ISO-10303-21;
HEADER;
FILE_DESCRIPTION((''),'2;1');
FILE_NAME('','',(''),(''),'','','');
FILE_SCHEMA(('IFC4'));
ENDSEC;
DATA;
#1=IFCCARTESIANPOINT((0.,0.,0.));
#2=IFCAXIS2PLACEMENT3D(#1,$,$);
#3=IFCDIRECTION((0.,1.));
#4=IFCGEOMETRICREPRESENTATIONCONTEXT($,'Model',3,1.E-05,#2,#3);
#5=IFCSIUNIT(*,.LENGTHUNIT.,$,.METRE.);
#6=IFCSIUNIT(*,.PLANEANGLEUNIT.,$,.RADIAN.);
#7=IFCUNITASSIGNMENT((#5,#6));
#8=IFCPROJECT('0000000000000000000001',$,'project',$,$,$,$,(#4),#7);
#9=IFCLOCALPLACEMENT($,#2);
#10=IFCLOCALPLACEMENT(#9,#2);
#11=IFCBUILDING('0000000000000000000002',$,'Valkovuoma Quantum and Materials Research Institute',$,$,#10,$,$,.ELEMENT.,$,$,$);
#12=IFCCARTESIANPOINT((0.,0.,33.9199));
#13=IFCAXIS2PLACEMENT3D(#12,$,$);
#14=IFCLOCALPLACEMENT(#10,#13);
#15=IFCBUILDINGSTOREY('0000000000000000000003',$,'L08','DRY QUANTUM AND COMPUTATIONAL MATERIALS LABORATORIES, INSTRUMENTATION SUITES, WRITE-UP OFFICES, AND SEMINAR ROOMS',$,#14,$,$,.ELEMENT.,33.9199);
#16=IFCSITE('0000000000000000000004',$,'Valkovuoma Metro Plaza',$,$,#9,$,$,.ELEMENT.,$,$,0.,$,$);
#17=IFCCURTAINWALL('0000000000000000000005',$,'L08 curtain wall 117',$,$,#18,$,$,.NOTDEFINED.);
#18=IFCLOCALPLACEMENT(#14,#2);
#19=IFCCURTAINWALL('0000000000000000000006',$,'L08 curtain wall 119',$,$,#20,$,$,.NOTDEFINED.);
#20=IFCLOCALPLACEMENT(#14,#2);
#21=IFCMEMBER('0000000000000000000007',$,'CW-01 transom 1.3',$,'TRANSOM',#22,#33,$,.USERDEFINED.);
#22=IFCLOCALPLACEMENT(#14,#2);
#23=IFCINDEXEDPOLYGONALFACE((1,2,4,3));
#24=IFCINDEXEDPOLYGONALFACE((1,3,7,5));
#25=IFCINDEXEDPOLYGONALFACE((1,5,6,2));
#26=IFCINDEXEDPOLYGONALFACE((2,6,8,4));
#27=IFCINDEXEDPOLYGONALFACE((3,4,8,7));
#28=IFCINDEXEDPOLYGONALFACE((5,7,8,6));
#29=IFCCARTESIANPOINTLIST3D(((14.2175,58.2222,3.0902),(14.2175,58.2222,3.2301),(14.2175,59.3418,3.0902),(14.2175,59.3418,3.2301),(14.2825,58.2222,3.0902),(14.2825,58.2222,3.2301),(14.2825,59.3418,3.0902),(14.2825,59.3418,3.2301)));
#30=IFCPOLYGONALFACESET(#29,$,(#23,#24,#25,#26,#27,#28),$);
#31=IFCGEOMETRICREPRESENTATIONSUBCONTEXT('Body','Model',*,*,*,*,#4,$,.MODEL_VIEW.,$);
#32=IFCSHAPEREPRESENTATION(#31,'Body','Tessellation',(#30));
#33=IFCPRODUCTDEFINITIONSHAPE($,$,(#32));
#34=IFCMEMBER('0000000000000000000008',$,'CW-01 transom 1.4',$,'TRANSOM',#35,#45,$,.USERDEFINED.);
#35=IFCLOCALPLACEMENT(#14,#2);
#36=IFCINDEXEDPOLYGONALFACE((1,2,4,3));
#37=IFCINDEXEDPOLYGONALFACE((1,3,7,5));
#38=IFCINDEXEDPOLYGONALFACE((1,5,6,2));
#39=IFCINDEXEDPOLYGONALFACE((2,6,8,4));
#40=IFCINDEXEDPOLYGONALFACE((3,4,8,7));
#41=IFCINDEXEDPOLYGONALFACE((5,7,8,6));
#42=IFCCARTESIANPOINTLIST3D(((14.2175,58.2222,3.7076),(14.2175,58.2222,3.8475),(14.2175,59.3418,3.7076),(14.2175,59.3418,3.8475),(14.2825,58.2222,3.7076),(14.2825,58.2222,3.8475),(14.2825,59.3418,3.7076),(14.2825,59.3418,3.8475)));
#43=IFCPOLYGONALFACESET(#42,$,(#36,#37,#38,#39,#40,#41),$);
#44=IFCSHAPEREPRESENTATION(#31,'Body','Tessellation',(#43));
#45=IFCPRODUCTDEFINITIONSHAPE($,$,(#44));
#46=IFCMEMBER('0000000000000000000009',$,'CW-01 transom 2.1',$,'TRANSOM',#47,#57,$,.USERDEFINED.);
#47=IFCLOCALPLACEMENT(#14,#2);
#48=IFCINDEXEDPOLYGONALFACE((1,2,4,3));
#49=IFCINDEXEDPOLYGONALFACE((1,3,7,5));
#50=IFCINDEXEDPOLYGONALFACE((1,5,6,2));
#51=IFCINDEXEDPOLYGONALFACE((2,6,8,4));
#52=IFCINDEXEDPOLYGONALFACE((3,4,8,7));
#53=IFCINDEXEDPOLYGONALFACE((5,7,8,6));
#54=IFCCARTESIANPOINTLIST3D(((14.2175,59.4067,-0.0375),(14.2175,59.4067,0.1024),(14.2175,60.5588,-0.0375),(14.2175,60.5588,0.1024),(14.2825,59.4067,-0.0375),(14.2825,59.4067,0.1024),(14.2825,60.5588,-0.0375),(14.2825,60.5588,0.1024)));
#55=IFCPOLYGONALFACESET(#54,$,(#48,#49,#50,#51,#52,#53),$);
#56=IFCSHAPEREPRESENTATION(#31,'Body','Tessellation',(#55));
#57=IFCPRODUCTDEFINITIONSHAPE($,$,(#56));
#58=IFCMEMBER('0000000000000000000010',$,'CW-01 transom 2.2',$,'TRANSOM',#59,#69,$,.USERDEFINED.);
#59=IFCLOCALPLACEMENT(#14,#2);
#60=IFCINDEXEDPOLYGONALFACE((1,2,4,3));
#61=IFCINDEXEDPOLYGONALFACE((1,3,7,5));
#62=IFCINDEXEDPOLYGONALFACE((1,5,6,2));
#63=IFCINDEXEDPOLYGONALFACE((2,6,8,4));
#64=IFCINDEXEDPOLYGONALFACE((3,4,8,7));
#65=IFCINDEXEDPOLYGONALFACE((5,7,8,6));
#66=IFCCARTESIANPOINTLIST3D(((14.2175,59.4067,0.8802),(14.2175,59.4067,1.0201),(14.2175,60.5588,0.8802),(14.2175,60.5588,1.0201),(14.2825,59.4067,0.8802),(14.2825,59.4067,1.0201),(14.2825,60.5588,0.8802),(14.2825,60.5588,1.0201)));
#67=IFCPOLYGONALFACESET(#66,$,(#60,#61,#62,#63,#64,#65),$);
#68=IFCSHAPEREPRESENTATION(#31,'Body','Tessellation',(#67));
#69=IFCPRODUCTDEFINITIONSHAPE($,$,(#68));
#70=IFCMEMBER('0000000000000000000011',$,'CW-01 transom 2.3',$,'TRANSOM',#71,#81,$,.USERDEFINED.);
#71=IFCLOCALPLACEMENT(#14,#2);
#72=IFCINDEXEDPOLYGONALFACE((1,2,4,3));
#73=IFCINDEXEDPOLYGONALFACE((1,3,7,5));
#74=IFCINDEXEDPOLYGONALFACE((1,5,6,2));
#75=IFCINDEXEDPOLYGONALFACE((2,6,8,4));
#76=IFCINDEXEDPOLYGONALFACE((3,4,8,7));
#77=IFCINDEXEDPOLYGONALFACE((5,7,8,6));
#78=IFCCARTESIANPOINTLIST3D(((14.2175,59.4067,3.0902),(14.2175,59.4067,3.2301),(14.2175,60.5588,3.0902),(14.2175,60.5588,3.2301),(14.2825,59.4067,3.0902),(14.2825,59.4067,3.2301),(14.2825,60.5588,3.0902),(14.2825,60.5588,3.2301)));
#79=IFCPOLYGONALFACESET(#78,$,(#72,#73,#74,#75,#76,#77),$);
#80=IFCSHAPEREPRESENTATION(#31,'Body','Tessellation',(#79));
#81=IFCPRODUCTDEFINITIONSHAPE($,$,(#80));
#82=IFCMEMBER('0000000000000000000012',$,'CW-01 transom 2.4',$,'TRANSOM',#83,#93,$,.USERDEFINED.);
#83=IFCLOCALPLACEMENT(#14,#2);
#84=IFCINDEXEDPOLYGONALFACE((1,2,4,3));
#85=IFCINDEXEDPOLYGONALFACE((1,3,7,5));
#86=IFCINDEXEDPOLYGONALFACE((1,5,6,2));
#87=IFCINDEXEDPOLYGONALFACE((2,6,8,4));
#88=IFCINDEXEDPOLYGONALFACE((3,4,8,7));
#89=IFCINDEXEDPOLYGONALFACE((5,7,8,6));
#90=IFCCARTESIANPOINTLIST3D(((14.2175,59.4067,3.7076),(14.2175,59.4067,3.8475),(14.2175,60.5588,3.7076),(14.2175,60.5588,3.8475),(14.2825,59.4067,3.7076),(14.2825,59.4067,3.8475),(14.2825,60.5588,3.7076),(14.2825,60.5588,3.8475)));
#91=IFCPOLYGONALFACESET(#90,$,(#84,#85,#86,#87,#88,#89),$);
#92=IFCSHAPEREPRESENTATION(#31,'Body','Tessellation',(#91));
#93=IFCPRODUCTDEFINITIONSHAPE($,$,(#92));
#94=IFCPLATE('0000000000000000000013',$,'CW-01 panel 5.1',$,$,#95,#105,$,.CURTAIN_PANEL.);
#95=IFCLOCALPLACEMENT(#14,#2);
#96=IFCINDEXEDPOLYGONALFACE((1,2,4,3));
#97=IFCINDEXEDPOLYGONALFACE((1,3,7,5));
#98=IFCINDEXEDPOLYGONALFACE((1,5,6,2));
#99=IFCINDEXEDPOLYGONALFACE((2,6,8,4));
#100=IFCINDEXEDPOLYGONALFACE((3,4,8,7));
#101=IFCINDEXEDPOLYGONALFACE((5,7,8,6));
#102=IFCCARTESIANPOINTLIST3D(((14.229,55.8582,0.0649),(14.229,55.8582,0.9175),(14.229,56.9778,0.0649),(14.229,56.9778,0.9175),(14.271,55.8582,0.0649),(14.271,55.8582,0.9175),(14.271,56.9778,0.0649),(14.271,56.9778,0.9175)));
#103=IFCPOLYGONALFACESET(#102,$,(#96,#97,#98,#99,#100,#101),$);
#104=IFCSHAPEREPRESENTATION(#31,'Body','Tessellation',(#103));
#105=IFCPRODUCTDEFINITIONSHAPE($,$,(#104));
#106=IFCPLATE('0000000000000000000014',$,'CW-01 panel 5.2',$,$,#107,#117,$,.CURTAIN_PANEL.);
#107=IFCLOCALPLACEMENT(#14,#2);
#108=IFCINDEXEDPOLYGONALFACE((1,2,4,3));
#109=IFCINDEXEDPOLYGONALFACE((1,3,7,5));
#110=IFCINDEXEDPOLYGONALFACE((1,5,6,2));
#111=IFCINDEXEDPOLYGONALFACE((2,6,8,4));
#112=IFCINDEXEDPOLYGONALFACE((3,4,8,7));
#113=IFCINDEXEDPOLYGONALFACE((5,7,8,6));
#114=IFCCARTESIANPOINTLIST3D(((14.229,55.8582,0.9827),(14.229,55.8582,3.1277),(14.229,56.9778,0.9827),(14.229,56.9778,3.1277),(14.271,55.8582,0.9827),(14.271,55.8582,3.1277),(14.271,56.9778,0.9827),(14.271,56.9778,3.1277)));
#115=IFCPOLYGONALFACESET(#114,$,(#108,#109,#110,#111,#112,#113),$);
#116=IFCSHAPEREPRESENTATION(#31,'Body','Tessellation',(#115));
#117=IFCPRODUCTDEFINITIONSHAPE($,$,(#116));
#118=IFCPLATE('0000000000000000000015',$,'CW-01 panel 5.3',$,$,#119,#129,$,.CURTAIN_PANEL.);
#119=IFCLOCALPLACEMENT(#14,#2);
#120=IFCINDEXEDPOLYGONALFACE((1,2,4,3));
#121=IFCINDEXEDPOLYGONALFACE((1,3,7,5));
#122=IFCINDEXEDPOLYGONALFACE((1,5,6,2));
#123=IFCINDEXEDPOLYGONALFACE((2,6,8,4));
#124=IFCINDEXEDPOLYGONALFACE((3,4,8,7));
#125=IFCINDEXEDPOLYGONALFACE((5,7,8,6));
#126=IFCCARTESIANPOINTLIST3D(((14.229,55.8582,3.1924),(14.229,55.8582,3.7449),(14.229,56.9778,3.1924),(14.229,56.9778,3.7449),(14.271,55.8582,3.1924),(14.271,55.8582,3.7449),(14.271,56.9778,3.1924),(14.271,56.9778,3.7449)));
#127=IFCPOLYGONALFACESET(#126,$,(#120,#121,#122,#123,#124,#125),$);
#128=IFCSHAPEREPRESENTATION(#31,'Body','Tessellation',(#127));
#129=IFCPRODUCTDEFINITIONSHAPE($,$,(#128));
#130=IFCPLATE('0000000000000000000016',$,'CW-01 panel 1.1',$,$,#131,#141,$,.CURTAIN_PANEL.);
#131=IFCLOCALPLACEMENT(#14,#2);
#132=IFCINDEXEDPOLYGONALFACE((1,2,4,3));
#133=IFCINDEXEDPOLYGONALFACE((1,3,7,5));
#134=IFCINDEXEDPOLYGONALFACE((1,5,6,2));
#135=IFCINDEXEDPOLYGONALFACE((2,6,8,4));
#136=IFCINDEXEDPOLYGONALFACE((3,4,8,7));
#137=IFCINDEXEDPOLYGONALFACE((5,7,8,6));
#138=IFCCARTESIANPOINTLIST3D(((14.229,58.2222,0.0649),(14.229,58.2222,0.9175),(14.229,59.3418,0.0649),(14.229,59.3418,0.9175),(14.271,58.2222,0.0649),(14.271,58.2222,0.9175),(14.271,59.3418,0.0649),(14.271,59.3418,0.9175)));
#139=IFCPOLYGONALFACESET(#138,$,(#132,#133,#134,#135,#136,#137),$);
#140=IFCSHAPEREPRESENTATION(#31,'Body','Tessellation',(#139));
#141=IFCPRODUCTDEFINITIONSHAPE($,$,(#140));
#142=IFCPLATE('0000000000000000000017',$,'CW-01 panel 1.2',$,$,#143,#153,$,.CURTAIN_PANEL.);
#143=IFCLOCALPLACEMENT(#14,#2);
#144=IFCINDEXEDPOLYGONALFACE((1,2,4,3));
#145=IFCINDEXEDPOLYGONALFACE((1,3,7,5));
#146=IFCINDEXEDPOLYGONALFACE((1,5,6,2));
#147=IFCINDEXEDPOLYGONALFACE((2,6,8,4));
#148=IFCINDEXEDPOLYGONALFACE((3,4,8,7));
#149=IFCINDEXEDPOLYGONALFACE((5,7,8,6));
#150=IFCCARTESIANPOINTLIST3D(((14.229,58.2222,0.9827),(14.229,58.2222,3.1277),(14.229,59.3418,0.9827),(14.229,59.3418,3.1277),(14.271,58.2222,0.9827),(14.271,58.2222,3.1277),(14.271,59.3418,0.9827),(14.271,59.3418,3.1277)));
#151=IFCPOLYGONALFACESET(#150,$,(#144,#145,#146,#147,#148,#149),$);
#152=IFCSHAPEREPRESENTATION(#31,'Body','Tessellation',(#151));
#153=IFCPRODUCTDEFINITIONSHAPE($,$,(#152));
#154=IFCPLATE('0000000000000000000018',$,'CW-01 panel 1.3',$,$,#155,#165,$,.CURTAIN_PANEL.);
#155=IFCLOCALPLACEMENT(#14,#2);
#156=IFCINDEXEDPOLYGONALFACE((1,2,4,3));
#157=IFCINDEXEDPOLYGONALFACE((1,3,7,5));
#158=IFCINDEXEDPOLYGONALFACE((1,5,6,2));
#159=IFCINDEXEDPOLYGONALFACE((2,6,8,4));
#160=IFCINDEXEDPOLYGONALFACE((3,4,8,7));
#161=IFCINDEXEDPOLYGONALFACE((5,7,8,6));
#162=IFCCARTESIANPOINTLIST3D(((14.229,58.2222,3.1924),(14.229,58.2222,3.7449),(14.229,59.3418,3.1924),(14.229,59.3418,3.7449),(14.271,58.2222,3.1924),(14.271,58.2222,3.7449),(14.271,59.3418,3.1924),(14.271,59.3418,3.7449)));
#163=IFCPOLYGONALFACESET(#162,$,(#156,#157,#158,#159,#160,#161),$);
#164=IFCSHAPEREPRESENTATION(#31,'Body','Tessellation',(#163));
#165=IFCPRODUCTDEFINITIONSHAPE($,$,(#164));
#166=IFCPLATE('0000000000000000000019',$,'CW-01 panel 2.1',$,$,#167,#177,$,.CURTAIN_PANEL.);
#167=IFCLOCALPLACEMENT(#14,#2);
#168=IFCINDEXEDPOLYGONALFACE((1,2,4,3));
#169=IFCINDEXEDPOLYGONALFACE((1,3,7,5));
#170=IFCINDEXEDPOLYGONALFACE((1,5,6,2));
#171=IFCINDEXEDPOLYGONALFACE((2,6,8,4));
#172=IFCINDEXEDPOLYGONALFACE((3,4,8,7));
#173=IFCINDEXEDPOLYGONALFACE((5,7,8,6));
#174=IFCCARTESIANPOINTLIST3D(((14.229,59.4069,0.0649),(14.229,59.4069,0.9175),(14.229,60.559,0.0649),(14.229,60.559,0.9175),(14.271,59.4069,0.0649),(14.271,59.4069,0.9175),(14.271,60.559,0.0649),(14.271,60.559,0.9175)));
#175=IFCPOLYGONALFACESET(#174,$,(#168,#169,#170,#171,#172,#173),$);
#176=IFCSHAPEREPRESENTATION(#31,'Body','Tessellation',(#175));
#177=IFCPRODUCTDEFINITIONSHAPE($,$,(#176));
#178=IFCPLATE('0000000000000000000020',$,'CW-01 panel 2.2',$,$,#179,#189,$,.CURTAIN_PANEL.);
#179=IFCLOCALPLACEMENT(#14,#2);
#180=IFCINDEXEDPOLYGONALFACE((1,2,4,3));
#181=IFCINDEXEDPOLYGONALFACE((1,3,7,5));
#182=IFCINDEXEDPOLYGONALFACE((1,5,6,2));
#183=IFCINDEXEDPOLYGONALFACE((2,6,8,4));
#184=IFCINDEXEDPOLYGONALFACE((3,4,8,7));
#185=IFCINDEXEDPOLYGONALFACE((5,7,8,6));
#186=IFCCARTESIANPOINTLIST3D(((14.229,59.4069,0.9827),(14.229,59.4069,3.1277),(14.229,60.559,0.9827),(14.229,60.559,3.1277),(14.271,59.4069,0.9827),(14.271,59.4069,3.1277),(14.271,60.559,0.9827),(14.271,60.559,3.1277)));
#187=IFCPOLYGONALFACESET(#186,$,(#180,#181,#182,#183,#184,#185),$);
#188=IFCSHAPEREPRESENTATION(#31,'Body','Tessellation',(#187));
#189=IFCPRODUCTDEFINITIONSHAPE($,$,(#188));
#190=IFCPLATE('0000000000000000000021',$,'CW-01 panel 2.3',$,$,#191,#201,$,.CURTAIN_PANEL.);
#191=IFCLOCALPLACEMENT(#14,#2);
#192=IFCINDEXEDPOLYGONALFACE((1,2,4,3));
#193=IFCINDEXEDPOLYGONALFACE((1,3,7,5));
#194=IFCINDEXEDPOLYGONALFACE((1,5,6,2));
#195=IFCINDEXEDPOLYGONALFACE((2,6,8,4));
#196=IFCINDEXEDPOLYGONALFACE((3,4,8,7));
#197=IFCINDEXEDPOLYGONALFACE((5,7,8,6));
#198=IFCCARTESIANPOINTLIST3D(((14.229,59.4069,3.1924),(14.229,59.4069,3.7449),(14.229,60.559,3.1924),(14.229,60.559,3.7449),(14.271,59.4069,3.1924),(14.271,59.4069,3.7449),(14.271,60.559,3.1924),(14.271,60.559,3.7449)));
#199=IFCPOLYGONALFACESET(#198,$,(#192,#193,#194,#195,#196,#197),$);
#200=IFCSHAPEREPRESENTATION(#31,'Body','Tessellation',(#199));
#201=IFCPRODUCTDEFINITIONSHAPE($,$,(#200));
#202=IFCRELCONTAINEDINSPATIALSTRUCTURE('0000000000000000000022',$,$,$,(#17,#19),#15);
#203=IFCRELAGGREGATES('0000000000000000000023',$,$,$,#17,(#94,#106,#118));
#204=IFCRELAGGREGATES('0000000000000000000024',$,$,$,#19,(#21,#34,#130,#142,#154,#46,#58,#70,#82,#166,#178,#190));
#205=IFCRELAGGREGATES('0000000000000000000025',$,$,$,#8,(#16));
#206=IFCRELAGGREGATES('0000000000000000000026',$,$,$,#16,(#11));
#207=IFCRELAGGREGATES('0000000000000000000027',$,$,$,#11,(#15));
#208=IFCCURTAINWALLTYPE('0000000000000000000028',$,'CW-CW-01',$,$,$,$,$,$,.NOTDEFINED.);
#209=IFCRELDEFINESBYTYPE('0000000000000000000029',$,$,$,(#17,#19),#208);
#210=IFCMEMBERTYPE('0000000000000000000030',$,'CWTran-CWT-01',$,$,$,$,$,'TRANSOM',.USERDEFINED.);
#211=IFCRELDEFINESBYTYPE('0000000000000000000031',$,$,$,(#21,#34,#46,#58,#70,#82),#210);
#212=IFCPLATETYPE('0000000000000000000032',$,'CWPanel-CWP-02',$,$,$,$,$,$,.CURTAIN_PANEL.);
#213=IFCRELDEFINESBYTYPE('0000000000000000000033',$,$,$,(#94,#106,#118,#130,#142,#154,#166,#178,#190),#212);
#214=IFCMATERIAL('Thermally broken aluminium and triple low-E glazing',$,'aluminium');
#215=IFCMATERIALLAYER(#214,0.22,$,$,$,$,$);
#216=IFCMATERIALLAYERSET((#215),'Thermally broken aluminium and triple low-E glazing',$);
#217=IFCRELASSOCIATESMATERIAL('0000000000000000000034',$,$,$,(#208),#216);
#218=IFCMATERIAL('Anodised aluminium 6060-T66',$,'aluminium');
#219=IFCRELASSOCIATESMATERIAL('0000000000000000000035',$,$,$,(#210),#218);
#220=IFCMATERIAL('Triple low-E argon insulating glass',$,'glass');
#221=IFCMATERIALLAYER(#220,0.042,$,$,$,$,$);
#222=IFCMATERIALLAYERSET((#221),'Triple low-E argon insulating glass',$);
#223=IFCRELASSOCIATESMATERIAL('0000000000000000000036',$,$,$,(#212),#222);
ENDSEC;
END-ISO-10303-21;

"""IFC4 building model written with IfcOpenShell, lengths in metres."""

from ifc_helpers import new_model, si_unit, direction, frame, origin, origin_2d, place, context, subcontext, project, spatial, rectangle, extrude, material, layer, layer_set, material_profile, profile_set, type_object, element, aggregate, save


model = new_model("IFC4")

# Units and contexts
model_context = context("Model", 3, precision=1e-05, world=origin(), true_north=direction((0.0, 1.0)))
body_context = subcontext(model_context, "Body", "Model", "MODEL_VIEW")
ifc_project = project(units=[si_unit("LENGTHUNIT", "METRE"), si_unit("PLANEANGLEUNIT", "RADIAN")], contexts=[model_context])

# Site, building, storey
site_placement = place(None, origin())
site = spatial("IfcSite", under=ifc_project, at=site_placement, Name="Valkovuoma Metro Plaza", CompositionType="ELEMENT", RefElevation=0.0)
building_placement = place(site_placement, origin())
building = spatial("IfcBuilding", under=site, at=building_placement, Name="Valkovuoma Quantum and Materials Research Institute", CompositionType="ELEMENT")
storey_placement = place(building_placement, frame((0.0, 0.0, 33.9199)))
storey = spatial("IfcBuildingStorey", under=building, at=storey_placement, Name="L08", Description="DRY QUANTUM AND COMPUTATIONAL MATERIALS LABORATORIES, INSTRUMENTATION SUITES, WRITE-UP OFFICES, AND SEMINAR ROOMS", CompositionType="ELEMENT", Elevation=33.9199)

# Curtain wall
ifc_material_1 = material(Name="Thermally broken aluminium and triple low-E glazing", Category="aluminium")
ifc_layer_1 = layer(ifc_material_1, 0.22)
ifc_layer_set_1 = layer_set([ifc_layer_1], Name="Thermally broken aluminium and triple low-E glazing")
curtain_wall_type = type_object("IfcCurtainWallType", Name="CW-CW-01", PredefinedType="NOTDEFINED", material=ifc_layer_set_1)
curtain_wall_1_placement = place(storey_placement, origin())
curtain_wall_1 = element("IfcCurtainWall", 1, at=curtain_wall_1_placement, inside=storey, type_object=curtain_wall_type, Name="L08 curtain wall 117", PredefinedType="NOTDEFINED")

# Curtain wall
curtain_wall_2_placement = place(storey_placement, origin())
curtain_wall_2 = element("IfcCurtainWall", 2, at=curtain_wall_2_placement, inside=storey, type_object=curtain_wall_type, Name="L08 curtain wall 119", PredefinedType="NOTDEFINED")

# Members
ifc_material_2 = material(Name="Anodised aluminium 6060-T66", Category="aluminium")
ifc_material_profile_1 = material_profile(ifc_material_2, rectangle(XDim=0.0649, YDim=0.1399, at=origin_2d()), Name="Anodised aluminium 6060-T66")
ifc_profile_set_1 = profile_set([ifc_material_profile_1], Name="Anodised aluminium 6060-T66")
member_type_1 = type_object("IfcMemberType", Name="CWTran-CWT-01", ElementType="TRANSOM", PredefinedType="USERDEFINED", material=ifc_profile_set_1)
member_1_placement = place(storey_placement, frame((14.25, 58.2222, 3.1602), z_axis=(0.0, 1.0, 0.0), x_axis=(-1.0, 0.0, 0.0)))
member_1 = element("IfcMember", 3, at=member_1_placement, type_object=member_type_1, Name="CW-01 transom 1.3", ObjectType="TRANSOM", PredefinedType="USERDEFINED", context=body_context, shape_type="SweptSolid", body=[
    extrude(rectangle(XDim=0.0649, YDim=0.1399, at=origin_2d()), origin(), (0.0, 0.0, 1.0), 1.1196),
])
member_2_placement = place(storey_placement, frame((14.25, 58.2222, 3.7776), z_axis=(0.0, 1.0, 0.0), x_axis=(-1.0, 0.0, 0.0)))
member_2 = element("IfcMember", 4, at=member_2_placement, type_object=member_type_1, Name="CW-01 transom 1.4", ObjectType="TRANSOM", PredefinedType="USERDEFINED", context=body_context, shape_type="SweptSolid", body=[
    extrude(rectangle(XDim=0.0649, YDim=0.1399, at=origin_2d()), origin(), (0.0, 0.0, 1.0), 1.1196),
])
member_3_placement = place(storey_placement, frame((14.25, 59.4067, 0.0325), z_axis=(0.0, 1.0, 0.0), x_axis=(-1.0, 0.0, 0.0)))
member_3 = element("IfcMember", 5, at=member_3_placement, type_object=member_type_1, Name="CW-01 transom 2.1", ObjectType="TRANSOM", PredefinedType="USERDEFINED", context=body_context, shape_type="SweptSolid", body=[
    extrude(rectangle(XDim=0.0649, YDim=0.1399, at=origin_2d()), origin(), (0.0, 0.0, 1.0), 1.1521),
])
member_4_placement = place(storey_placement, frame((14.25, 59.4067, 0.9502), z_axis=(0.0, 1.0, 0.0), x_axis=(-1.0, 0.0, 0.0)))
member_4 = element("IfcMember", 6, at=member_4_placement, type_object=member_type_1, Name="CW-01 transom 2.2", ObjectType="TRANSOM", PredefinedType="USERDEFINED", context=body_context, shape_type="SweptSolid", body=[
    extrude(rectangle(XDim=0.0649, YDim=0.1399, at=origin_2d()), origin(), (0.0, 0.0, 1.0), 1.1521),
])
member_5_placement = place(storey_placement, frame((14.25, 59.4067, 3.1602), z_axis=(0.0, 1.0, 0.0), x_axis=(-1.0, 0.0, 0.0)))
member_5 = element("IfcMember", 7, at=member_5_placement, type_object=member_type_1, Name="CW-01 transom 2.3", ObjectType="TRANSOM", PredefinedType="USERDEFINED", context=body_context, shape_type="SweptSolid", body=[
    extrude(rectangle(XDim=0.0649, YDim=0.1399, at=origin_2d()), origin(), (0.0, 0.0, 1.0), 1.1521),
])
member_6_placement = place(storey_placement, frame((14.25, 59.4067, 3.7776), z_axis=(0.0, 1.0, 0.0), x_axis=(-1.0, 0.0, 0.0)))
member_6 = element("IfcMember", 8, at=member_6_placement, type_object=member_type_1, Name="CW-01 transom 2.4", ObjectType="TRANSOM", PredefinedType="USERDEFINED", context=body_context, shape_type="SweptSolid", body=[
    extrude(rectangle(XDim=0.0649, YDim=0.1399, at=origin_2d()), origin(), (0.0, 0.0, 1.0), 1.1521),
])

# Plates
ifc_material_3 = material(Name="Triple low-E argon insulating glass", Category="glass")
ifc_layer_2 = layer(ifc_material_3, 0.042)
ifc_layer_set_2 = layer_set([ifc_layer_2], Name="Triple low-E argon insulating glass")
plate_type = type_object("IfcPlateType", Name="CWPanel-CWP-02", PredefinedType="CURTAIN_PANEL", material=ifc_layer_set_2)
plate_1_placement = place(storey_placement, frame((14.25, 56.418, 0.0649), z_axis=(0.0, 0.0, 1.0), x_axis=(0.0, 1.0, 0.0)))
plate_1 = element("IfcPlate", 9, at=plate_1_placement, type_object=plate_type, Name="CW-01 panel 5.1", PredefinedType="CURTAIN_PANEL", context=body_context, shape_type="SweptSolid", body=[
    extrude(rectangle(XDim=1.1196, YDim=0.042, at=origin_2d()), origin(), (0.0, 0.0, 1.0), 0.8525),
])
plate_2_placement = place(storey_placement, frame((14.25, 56.418, 0.9827), z_axis=(0.0, 0.0, 1.0), x_axis=(0.0, 1.0, 0.0)))
plate_2 = element("IfcPlate", 10, at=plate_2_placement, type_object=plate_type, Name="CW-01 panel 5.2", PredefinedType="CURTAIN_PANEL", context=body_context, shape_type="SweptSolid", body=[
    extrude(rectangle(XDim=1.1196, YDim=0.042, at=origin_2d()), origin(), (0.0, 0.0, 1.0), 2.145),
])
plate_3_placement = place(storey_placement, frame((14.25, 56.418, 3.1924), z_axis=(0.0, 0.0, 1.0), x_axis=(0.0, 1.0, 0.0)))
plate_3 = element("IfcPlate", 11, at=plate_3_placement, type_object=plate_type, Name="CW-01 panel 5.3", PredefinedType="CURTAIN_PANEL", context=body_context, shape_type="SweptSolid", body=[
    extrude(rectangle(XDim=1.1196, YDim=0.042, at=origin_2d()), origin(), (0.0, 0.0, 1.0), 0.5525),
])
aggregate(curtain_wall_1, [plate_1, plate_2, plate_3])
plate_4_placement = place(storey_placement, frame((14.25, 58.782, 0.0649), z_axis=(0.0, 0.0, 1.0), x_axis=(0.0, 1.0, 0.0)))
plate_4 = element("IfcPlate", 12, at=plate_4_placement, type_object=plate_type, Name="CW-01 panel 1.1", PredefinedType="CURTAIN_PANEL", context=body_context, shape_type="SweptSolid", body=[
    extrude(rectangle(XDim=1.1196, YDim=0.042, at=origin_2d()), origin(), (0.0, 0.0, 1.0), 0.8525),
])
plate_5_placement = place(storey_placement, frame((14.25, 58.782, 0.9827), z_axis=(0.0, 0.0, 1.0), x_axis=(0.0, 1.0, 0.0)))
plate_5 = element("IfcPlate", 13, at=plate_5_placement, type_object=plate_type, Name="CW-01 panel 1.2", PredefinedType="CURTAIN_PANEL", context=body_context, shape_type="SweptSolid", body=[
    extrude(rectangle(XDim=1.1196, YDim=0.042, at=origin_2d()), origin(), (0.0, 0.0, 1.0), 2.145),
])
plate_6_placement = place(storey_placement, frame((14.25, 58.782, 3.1924), z_axis=(0.0, 0.0, 1.0), x_axis=(0.0, 1.0, 0.0)))
plate_6 = element("IfcPlate", 14, at=plate_6_placement, type_object=plate_type, Name="CW-01 panel 1.3", PredefinedType="CURTAIN_PANEL", context=body_context, shape_type="SweptSolid", body=[
    extrude(rectangle(XDim=1.1196, YDim=0.042, at=origin_2d()), origin(), (0.0, 0.0, 1.0), 0.5525),
])
plate_7_placement = place(storey_placement, frame((14.25, 59.9829, 0.0649), z_axis=(0.0, 0.0, 1.0), x_axis=(0.0, 1.0, 0.0)))
plate_7 = element("IfcPlate", 15, at=plate_7_placement, type_object=plate_type, Name="CW-01 panel 2.1", PredefinedType="CURTAIN_PANEL", context=body_context, shape_type="SweptSolid", body=[
    extrude(rectangle(XDim=1.1521, YDim=0.042, at=origin_2d()), origin(), (0.0, 0.0, 1.0), 0.8525),
])
plate_8_placement = place(storey_placement, frame((14.25, 59.9829, 0.9827), z_axis=(0.0, 0.0, 1.0), x_axis=(0.0, 1.0, 0.0)))
plate_8 = element("IfcPlate", 16, at=plate_8_placement, type_object=plate_type, Name="CW-01 panel 2.2", PredefinedType="CURTAIN_PANEL", context=body_context, shape_type="SweptSolid", body=[
    extrude(rectangle(XDim=1.1521, YDim=0.042, at=origin_2d()), origin(), (0.0, 0.0, 1.0), 2.145),
])
plate_9_placement = place(storey_placement, frame((14.25, 59.9829, 3.1924), z_axis=(0.0, 0.0, 1.0), x_axis=(0.0, 1.0, 0.0)))
plate_9 = element("IfcPlate", 17, at=plate_9_placement, type_object=plate_type, Name="CW-01 panel 2.3", PredefinedType="CURTAIN_PANEL", context=body_context, shape_type="SweptSolid", body=[
    extrude(rectangle(XDim=1.1521, YDim=0.042, at=origin_2d()), origin(), (0.0, 0.0, 1.0), 0.5525),
])
aggregate(curtain_wall_2, [member_1, member_2, plate_4, plate_5, plate_6, member_3, member_4, member_5, member_6, plate_7, plate_8, plate_9])

save(model, "model.ifc")
